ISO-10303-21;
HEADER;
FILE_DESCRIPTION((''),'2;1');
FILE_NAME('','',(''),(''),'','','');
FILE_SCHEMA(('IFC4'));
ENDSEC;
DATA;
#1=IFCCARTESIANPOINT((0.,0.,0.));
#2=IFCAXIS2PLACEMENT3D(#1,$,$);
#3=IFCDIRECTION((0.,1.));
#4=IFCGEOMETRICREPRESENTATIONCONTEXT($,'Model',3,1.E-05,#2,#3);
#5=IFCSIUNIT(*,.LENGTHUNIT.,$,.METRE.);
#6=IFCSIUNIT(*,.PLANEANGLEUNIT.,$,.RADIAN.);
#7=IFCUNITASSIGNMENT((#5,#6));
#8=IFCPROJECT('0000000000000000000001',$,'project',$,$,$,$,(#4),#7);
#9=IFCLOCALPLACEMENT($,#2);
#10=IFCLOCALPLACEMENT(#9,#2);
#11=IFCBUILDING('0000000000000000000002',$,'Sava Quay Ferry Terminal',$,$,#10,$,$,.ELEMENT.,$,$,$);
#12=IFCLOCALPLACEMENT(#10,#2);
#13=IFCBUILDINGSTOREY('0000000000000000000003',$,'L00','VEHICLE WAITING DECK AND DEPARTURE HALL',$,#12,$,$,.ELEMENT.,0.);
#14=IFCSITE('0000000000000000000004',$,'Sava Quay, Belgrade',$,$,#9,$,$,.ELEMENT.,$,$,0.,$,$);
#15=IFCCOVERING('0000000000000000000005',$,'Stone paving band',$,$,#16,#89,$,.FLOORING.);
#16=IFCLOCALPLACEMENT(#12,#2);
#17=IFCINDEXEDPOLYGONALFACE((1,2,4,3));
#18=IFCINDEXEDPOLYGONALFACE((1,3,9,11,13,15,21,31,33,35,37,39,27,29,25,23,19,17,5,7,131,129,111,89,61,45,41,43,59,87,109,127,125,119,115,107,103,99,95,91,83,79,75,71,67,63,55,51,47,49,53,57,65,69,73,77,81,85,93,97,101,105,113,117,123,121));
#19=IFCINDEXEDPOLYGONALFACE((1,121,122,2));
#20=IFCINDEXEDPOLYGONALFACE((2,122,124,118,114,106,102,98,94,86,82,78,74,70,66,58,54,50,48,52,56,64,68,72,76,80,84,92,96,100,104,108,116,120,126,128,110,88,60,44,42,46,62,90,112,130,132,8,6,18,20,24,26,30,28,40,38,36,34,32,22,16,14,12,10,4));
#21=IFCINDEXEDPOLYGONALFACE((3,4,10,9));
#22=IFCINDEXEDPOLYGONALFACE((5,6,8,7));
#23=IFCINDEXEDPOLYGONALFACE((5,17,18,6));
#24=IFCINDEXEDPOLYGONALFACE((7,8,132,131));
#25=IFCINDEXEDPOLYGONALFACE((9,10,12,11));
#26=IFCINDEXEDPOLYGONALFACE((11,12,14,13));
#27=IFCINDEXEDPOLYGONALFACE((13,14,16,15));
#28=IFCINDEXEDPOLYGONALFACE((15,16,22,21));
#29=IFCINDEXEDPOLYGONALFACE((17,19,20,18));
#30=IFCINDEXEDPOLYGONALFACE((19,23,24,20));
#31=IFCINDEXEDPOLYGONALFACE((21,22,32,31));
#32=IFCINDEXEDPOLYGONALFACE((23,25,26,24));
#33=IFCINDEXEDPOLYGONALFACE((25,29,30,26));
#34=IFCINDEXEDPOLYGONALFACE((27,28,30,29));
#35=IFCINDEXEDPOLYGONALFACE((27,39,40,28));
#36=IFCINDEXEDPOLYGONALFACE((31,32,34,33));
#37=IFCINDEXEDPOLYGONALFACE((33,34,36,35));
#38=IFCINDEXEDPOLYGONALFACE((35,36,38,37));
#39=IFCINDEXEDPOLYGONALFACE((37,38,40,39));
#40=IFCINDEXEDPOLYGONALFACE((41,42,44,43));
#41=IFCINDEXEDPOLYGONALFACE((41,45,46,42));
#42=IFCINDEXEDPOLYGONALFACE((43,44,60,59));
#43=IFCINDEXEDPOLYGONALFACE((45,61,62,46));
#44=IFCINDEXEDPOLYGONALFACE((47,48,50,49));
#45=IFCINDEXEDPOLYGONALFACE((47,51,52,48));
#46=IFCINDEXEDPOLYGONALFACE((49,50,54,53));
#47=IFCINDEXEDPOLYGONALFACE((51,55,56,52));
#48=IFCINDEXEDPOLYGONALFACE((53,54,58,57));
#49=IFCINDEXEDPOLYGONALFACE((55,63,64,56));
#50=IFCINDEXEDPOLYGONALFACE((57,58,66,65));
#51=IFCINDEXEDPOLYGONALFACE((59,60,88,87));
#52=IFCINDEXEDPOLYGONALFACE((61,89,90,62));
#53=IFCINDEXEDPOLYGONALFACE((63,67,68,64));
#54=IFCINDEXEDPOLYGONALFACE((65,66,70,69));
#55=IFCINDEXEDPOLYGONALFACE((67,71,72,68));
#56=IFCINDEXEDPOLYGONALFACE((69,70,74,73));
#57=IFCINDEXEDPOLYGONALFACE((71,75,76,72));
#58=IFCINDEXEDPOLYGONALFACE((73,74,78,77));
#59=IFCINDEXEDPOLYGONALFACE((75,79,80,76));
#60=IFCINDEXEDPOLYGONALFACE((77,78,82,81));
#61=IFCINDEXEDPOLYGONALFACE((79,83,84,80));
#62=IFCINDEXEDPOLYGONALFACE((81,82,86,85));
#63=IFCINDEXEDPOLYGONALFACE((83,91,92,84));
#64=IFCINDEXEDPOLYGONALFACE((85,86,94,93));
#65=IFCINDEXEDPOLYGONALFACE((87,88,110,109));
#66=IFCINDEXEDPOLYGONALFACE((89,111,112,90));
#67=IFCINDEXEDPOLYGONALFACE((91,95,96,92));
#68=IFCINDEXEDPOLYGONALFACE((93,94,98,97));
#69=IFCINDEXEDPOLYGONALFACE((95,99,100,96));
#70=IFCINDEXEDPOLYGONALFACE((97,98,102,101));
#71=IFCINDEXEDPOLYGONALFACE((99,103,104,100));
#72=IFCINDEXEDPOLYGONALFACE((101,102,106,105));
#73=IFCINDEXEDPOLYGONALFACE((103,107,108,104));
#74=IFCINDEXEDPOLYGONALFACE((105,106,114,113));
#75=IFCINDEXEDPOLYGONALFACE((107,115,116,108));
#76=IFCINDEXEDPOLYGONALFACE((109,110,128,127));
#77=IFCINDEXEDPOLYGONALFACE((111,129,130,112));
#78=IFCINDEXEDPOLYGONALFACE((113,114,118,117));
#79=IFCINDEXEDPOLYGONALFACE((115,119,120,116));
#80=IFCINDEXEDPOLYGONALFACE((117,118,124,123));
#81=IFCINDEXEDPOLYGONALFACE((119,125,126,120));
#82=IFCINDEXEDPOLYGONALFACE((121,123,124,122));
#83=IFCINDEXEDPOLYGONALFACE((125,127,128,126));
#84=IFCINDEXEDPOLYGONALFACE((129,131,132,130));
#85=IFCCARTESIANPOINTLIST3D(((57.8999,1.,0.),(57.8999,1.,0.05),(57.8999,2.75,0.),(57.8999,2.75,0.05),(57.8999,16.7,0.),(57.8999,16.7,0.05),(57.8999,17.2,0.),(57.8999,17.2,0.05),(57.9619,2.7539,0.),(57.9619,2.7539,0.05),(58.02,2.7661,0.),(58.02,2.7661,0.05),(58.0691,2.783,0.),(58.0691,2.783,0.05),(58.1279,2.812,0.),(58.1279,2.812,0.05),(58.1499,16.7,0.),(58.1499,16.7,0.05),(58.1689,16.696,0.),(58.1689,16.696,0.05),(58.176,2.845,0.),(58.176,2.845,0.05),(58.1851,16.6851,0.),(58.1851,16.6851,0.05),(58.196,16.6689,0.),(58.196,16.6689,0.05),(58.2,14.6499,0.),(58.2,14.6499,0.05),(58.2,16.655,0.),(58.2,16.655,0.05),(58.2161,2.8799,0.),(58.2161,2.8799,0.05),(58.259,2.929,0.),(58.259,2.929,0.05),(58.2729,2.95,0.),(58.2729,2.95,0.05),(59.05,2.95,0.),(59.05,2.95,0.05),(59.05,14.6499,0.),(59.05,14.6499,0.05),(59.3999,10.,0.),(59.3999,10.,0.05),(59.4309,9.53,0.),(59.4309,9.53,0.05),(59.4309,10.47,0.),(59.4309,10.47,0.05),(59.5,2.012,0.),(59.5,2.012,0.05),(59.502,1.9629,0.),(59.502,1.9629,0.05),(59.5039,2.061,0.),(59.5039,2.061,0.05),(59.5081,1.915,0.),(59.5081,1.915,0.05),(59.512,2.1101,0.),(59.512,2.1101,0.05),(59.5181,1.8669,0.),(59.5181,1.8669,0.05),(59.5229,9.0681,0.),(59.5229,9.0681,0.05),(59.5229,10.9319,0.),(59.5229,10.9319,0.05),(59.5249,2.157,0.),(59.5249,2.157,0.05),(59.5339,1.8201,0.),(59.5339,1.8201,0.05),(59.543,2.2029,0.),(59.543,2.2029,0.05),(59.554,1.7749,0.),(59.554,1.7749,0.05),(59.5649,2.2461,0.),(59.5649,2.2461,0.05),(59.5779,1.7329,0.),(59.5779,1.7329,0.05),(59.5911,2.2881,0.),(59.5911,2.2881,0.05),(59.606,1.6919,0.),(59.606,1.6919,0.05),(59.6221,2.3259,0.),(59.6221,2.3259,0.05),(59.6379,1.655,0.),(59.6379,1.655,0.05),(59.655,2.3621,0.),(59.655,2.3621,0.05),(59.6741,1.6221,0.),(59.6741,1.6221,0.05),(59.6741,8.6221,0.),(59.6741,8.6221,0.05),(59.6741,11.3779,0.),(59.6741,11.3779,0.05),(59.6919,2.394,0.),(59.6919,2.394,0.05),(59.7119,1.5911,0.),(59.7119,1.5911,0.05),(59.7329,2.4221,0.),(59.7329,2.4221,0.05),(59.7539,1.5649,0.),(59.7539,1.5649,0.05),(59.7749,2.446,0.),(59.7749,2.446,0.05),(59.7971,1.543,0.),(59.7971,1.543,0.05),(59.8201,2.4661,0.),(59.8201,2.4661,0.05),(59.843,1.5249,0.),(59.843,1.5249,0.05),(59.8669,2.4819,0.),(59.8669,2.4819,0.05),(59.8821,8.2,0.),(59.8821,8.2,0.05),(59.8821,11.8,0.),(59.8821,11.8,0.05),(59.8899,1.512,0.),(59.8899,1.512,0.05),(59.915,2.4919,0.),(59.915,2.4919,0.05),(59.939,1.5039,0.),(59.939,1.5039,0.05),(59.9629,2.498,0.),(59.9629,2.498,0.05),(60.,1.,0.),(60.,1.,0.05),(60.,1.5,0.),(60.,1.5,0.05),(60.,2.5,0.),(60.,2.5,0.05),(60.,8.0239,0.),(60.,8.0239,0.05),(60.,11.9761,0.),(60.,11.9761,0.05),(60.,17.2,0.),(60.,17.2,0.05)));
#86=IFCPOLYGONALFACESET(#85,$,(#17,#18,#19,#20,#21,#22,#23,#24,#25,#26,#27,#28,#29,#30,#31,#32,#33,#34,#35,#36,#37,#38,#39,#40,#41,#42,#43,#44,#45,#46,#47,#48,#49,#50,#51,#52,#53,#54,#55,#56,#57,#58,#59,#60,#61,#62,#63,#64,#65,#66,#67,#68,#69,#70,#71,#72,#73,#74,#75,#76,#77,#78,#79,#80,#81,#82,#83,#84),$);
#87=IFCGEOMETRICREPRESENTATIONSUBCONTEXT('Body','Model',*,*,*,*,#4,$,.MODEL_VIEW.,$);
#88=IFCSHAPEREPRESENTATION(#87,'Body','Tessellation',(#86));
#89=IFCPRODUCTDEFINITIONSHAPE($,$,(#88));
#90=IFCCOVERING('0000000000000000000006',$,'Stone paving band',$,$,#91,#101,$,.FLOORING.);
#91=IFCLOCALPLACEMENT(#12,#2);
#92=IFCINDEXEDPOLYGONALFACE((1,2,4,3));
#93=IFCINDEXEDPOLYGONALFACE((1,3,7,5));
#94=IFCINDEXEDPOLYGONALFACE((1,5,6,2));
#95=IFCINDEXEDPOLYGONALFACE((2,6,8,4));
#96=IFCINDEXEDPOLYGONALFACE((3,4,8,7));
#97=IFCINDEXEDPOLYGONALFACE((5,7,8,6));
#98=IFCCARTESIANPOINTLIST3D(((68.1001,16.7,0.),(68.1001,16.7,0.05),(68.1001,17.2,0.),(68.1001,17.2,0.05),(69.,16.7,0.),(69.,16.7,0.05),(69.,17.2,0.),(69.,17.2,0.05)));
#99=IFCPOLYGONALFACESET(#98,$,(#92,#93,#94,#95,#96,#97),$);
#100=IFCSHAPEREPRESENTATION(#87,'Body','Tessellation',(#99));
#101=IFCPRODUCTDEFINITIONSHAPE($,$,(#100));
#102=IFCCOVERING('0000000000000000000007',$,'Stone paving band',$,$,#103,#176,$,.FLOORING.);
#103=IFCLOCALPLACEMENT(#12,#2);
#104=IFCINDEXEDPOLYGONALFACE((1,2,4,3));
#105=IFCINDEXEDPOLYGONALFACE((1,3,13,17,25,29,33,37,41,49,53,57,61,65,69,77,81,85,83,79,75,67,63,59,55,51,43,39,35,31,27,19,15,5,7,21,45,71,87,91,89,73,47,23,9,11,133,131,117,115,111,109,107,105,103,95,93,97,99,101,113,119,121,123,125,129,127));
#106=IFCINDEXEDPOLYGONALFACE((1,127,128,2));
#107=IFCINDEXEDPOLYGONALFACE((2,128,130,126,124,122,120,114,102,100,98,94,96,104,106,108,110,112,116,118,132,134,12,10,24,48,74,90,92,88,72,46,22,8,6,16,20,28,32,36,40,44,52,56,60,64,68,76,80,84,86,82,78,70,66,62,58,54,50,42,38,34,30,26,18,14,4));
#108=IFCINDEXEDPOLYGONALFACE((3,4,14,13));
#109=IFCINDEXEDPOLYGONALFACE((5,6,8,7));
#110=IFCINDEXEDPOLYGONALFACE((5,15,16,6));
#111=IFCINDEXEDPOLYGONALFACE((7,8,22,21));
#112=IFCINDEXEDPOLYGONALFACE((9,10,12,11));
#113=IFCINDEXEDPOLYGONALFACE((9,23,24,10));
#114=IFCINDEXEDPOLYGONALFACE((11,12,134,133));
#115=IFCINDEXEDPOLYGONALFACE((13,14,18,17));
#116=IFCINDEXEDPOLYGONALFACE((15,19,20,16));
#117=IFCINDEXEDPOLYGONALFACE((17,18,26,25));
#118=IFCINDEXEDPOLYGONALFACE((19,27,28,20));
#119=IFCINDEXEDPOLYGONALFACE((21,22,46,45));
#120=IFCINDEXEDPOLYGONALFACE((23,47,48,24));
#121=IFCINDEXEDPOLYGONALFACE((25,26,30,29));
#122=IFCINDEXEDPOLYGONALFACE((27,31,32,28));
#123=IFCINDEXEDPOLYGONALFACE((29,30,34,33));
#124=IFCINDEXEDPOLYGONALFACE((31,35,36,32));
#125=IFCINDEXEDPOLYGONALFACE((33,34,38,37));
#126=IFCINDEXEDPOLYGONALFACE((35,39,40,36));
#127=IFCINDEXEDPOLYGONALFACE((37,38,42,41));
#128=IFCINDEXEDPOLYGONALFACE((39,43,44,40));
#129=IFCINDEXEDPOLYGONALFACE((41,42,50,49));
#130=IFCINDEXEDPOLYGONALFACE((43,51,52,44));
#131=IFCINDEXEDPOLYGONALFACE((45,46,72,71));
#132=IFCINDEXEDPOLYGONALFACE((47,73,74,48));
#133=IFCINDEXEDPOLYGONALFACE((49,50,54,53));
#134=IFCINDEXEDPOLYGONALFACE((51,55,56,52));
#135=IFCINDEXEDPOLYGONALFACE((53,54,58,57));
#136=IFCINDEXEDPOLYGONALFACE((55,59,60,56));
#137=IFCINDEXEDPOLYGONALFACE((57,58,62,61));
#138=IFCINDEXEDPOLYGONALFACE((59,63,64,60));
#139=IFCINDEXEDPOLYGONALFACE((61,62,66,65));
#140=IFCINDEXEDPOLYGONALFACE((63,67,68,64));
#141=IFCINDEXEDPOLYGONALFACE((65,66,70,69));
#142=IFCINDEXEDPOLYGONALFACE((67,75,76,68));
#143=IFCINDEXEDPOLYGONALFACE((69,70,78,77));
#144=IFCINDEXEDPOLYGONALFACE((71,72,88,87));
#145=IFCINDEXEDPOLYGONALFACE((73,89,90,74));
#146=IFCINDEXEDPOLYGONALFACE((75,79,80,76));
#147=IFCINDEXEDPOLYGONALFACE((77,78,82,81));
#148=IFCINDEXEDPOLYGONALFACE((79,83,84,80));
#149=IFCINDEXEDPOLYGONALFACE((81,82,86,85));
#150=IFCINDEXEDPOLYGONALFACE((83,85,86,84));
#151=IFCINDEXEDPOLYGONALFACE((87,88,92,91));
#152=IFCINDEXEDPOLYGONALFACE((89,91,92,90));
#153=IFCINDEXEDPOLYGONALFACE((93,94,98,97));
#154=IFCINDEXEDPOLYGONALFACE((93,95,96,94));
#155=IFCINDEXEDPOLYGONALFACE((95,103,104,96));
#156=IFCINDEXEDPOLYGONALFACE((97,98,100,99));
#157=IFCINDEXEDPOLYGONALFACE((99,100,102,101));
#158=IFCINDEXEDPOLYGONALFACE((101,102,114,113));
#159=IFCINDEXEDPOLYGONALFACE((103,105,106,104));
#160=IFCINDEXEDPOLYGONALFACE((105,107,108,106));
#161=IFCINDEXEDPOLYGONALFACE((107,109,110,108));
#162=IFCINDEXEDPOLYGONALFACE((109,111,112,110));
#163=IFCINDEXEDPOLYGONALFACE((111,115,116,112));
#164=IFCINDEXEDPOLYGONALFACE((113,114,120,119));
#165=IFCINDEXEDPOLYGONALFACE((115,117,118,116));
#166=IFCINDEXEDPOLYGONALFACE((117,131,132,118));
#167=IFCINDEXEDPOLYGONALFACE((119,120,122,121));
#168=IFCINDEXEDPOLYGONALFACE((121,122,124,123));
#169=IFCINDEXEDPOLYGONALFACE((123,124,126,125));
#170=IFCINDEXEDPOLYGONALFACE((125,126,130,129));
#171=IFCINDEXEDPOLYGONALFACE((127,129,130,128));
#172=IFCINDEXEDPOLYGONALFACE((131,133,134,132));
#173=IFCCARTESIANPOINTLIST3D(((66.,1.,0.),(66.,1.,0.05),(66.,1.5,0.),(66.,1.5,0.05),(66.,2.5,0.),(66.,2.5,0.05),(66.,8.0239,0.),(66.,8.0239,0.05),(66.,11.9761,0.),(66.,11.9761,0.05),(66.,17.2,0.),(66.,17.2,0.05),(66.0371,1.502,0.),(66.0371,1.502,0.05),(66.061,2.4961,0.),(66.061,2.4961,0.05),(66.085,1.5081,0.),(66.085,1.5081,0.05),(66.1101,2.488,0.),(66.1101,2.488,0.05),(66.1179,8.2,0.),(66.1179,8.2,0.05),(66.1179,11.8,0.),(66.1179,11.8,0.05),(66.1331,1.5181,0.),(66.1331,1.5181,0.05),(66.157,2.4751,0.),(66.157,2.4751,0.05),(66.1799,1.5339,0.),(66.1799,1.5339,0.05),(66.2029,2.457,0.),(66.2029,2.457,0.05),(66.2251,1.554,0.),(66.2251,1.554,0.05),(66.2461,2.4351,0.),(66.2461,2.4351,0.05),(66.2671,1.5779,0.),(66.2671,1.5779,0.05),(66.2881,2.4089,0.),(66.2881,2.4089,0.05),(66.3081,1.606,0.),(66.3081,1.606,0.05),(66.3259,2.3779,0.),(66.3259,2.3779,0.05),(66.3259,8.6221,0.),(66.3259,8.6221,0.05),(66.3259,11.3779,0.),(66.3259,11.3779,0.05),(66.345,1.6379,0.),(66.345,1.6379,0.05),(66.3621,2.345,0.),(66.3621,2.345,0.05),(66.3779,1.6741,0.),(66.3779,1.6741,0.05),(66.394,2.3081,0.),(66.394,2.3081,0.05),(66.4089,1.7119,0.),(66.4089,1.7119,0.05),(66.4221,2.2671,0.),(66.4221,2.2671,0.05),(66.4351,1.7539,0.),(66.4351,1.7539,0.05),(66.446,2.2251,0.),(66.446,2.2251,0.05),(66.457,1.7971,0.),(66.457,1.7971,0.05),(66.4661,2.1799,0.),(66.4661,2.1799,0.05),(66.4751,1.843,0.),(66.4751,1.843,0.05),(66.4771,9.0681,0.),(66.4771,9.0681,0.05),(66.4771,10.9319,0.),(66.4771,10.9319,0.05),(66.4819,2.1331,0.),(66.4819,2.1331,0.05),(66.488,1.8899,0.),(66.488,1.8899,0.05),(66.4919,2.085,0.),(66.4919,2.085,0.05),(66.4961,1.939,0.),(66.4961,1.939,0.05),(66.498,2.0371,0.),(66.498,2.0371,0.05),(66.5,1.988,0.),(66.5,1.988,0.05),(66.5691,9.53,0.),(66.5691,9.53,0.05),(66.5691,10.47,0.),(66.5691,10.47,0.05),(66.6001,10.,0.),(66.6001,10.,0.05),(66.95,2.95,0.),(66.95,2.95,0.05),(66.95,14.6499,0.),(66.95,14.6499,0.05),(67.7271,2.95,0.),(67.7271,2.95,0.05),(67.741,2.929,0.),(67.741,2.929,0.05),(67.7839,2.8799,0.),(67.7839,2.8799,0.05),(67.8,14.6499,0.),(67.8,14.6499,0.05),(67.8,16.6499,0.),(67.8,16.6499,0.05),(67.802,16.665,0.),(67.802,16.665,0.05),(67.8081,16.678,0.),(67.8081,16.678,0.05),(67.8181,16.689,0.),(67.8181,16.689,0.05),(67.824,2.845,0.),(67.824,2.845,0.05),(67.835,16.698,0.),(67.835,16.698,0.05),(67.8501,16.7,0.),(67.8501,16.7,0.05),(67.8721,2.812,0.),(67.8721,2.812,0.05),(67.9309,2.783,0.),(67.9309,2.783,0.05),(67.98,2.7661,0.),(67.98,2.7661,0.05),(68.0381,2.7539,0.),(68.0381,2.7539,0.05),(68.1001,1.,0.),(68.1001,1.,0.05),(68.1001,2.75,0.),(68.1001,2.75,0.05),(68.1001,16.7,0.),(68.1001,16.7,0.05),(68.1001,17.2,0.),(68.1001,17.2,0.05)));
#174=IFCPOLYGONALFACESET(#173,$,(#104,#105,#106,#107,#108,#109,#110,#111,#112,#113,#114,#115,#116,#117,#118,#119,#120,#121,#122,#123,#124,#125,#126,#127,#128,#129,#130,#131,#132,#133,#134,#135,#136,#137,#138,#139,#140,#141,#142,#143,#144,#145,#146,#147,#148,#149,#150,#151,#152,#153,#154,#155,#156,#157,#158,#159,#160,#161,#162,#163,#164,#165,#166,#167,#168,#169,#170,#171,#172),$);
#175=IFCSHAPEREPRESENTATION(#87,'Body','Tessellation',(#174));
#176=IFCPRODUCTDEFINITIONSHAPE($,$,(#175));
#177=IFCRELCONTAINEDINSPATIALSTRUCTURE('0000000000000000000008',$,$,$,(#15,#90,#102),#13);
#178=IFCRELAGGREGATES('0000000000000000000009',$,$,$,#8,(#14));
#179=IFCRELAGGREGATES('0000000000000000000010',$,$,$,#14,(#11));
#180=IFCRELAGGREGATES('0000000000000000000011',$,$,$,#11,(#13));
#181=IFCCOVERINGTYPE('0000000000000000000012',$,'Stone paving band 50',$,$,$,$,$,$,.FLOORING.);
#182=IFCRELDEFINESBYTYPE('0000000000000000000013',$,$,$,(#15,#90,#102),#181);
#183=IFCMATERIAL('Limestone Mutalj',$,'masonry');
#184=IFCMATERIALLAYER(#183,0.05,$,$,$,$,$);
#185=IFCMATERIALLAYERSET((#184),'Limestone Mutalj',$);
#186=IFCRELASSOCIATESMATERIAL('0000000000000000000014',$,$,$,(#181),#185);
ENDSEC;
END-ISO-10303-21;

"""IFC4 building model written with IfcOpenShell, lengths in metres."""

from ifc_helpers import new_model, si_unit, direction, origin, place, context, subcontext, project, spatial, polyline, outline, extrude, material, layer, layer_set, type_object, element, save


model = new_model("IFC4")

# Units and contexts
model_context = context("Model", 3, precision=1e-05, world=origin(), true_north=direction((0.0, 1.0)))
body_context = subcontext(model_context, "Body", "Model", "MODEL_VIEW")
ifc_project = project(units=[si_unit("LENGTHUNIT", "METRE"), si_unit("PLANEANGLEUNIT", "RADIAN")], contexts=[model_context])

# Site, building, storey
site_placement = place(None, origin())
site = spatial("IfcSite", under=ifc_project, at=site_placement, Name="Sava Quay, Belgrade", CompositionType="ELEMENT", RefElevation=0.0)
building_placement = place(site_placement, origin())
building = spatial("IfcBuilding", under=site, at=building_placement, Name="Sava Quay Ferry Terminal", CompositionType="ELEMENT")
storey_placement = place(building_placement, origin())
storey = spatial("IfcBuildingStorey", under=building, at=storey_placement, Name="L00", Description="VEHICLE WAITING DECK AND DEPARTURE HALL", CompositionType="ELEMENT", Elevation=0.0)

# Coverings
ifc_material_1 = material(Name="Limestone Mutalj", Category="masonry")
ifc_layer_1 = layer(ifc_material_1, 0.05)
ifc_layer_set_1 = layer_set([ifc_layer_1], Name="Limestone Mutalj")
covering_type_1 = type_object("IfcCoveringType", Name="Stone paving band 50", PredefinedType="FLOORING", material=ifc_layer_set_1)
covering_1_placement = place(storey_placement, origin())
element("IfcCovering", 1, at=covering_1_placement, inside=storey, type_object=covering_type_1, Name="Stone paving band", PredefinedType="FLOORING", context=body_context, shape_type="SweptSolid", body=[
    extrude(outline(polyline([(58.196, 16.6689), (58.2, 16.655), (58.2, 14.6499), (59.05, 14.6499), (59.05, 2.95), (58.2729, 2.95), (58.259, 2.929), (58.2161, 2.8799), (58.176, 2.845), (58.1279, 2.812), (58.0691, 2.783), (58.02, 2.7661), (57.9619, 2.7539), (57.8999, 2.75), (57.8999, 1.0), (60.0, 1.0), (60.0, 1.5), (59.939, 1.5039), (59.8899, 1.512), (59.843, 1.5249), (59.7971, 1.543), (59.7539, 1.5649), (59.7119, 1.5911), (59.6741, 1.6221), (59.6379, 1.655), (59.606, 1.6919), (59.5779, 1.7329), (59.554, 1.7749), (59.5339, 1.8201), (59.5181, 1.8669), (59.5081, 1.915), (59.502, 1.9629), (59.5, 2.012), (59.5039, 2.061), (59.512, 2.1101), (59.5249, 2.157), (59.543, 2.2029), (59.5649, 2.2461), (59.5911, 2.2881), (59.6221, 2.3259), (59.655, 2.3621), (59.6919, 2.394), (59.7329, 2.4221), (59.7749, 2.446), (59.8201, 2.4661), (59.8669, 2.4819), (59.915, 2.4919), (59.9629, 2.498), (60.0, 2.5), (60.0, 8.0239), (59.8821, 8.2), (59.6741, 8.6221), (59.5229, 9.0681), (59.4309, 9.53), (59.3999, 10.0), (59.4309, 10.47), (59.5229, 10.9319), (59.6741, 11.3779), (59.8821, 11.8), (60.0, 11.9761), (60.0, 17.2), (57.8999, 17.2), (57.8999, 16.7), (58.1499, 16.7), (58.1689, 16.696), (58.1851, 16.6851), (58.196, 16.6689)])), origin(), (0.0, 0.0, 1.0), 0.05),
])
covering_2_placement = place(storey_placement, origin())
element("IfcCovering", 2, at=covering_2_placement, inside=storey, type_object=covering_type_1, Name="Stone paving band", PredefinedType="FLOORING", context=body_context, shape_type="SweptSolid", body=[
    extrude(outline(polyline([(69.0, 16.7), (69.0, 17.2), (68.1001, 17.2), (68.1001, 16.7), (69.0, 16.7)])), origin(), (0.0, 0.0, 1.0), 0.05),
])
covering_3_placement = place(storey_placement, origin())
element("IfcCovering", 3, at=covering_3_placement, inside=storey, type_object=covering_type_1, Name="Stone paving band", PredefinedType="FLOORING", context=body_context, shape_type="SweptSolid", body=[
    extrude(outline(polyline([(67.7839, 2.8799), (67.741, 2.929), (67.7271, 2.95), (66.95, 2.95), (66.95, 14.6499), (67.8, 14.6499), (67.8, 16.6499), (67.802, 16.665), (67.8081, 16.678), (67.8181, 16.689), (67.835, 16.698), (67.8501, 16.7), (68.1001, 16.7), (68.1001, 17.2), (66.0, 17.2), (66.0, 11.9761), (66.1179, 11.8), (66.3259, 11.3779), (66.4771, 10.9319), (66.5691, 10.47), (66.6001, 10.0), (66.5691, 9.53), (66.4771, 9.0681), (66.3259, 8.6221), (66.1179, 8.2), (66.0, 8.0239), (66.0, 2.5), (66.061, 2.4961), (66.1101, 2.488), (66.157, 2.4751), (66.2029, 2.457), (66.2461, 2.4351), (66.2881, 2.4089), (66.3259, 2.3779), (66.3621, 2.345), (66.394, 2.3081), (66.4221, 2.2671), (66.446, 2.2251), (66.4661, 2.1799), (66.4819, 2.1331), (66.4919, 2.085), (66.498, 2.0371), (66.5, 1.988), (66.4961, 1.939), (66.488, 1.8899), (66.4751, 1.843), (66.457, 1.7971), (66.4351, 1.7539), (66.4089, 1.7119), (66.3779, 1.6741), (66.345, 1.6379), (66.3081, 1.606), (66.2671, 1.5779), (66.2251, 1.554), (66.1799, 1.5339), (66.1331, 1.5181), (66.085, 1.5081), (66.0371, 1.502), (66.0, 1.5), (66.0, 1.0), (68.1001, 1.0), (68.1001, 2.75), (68.0381, 2.7539), (67.98, 2.7661), (67.9309, 2.783), (67.8721, 2.812), (67.824, 2.845), (67.7839, 2.8799)])), origin(), (0.0, 0.0, 1.0), 0.05),
])

save(model, "model.ifc")
